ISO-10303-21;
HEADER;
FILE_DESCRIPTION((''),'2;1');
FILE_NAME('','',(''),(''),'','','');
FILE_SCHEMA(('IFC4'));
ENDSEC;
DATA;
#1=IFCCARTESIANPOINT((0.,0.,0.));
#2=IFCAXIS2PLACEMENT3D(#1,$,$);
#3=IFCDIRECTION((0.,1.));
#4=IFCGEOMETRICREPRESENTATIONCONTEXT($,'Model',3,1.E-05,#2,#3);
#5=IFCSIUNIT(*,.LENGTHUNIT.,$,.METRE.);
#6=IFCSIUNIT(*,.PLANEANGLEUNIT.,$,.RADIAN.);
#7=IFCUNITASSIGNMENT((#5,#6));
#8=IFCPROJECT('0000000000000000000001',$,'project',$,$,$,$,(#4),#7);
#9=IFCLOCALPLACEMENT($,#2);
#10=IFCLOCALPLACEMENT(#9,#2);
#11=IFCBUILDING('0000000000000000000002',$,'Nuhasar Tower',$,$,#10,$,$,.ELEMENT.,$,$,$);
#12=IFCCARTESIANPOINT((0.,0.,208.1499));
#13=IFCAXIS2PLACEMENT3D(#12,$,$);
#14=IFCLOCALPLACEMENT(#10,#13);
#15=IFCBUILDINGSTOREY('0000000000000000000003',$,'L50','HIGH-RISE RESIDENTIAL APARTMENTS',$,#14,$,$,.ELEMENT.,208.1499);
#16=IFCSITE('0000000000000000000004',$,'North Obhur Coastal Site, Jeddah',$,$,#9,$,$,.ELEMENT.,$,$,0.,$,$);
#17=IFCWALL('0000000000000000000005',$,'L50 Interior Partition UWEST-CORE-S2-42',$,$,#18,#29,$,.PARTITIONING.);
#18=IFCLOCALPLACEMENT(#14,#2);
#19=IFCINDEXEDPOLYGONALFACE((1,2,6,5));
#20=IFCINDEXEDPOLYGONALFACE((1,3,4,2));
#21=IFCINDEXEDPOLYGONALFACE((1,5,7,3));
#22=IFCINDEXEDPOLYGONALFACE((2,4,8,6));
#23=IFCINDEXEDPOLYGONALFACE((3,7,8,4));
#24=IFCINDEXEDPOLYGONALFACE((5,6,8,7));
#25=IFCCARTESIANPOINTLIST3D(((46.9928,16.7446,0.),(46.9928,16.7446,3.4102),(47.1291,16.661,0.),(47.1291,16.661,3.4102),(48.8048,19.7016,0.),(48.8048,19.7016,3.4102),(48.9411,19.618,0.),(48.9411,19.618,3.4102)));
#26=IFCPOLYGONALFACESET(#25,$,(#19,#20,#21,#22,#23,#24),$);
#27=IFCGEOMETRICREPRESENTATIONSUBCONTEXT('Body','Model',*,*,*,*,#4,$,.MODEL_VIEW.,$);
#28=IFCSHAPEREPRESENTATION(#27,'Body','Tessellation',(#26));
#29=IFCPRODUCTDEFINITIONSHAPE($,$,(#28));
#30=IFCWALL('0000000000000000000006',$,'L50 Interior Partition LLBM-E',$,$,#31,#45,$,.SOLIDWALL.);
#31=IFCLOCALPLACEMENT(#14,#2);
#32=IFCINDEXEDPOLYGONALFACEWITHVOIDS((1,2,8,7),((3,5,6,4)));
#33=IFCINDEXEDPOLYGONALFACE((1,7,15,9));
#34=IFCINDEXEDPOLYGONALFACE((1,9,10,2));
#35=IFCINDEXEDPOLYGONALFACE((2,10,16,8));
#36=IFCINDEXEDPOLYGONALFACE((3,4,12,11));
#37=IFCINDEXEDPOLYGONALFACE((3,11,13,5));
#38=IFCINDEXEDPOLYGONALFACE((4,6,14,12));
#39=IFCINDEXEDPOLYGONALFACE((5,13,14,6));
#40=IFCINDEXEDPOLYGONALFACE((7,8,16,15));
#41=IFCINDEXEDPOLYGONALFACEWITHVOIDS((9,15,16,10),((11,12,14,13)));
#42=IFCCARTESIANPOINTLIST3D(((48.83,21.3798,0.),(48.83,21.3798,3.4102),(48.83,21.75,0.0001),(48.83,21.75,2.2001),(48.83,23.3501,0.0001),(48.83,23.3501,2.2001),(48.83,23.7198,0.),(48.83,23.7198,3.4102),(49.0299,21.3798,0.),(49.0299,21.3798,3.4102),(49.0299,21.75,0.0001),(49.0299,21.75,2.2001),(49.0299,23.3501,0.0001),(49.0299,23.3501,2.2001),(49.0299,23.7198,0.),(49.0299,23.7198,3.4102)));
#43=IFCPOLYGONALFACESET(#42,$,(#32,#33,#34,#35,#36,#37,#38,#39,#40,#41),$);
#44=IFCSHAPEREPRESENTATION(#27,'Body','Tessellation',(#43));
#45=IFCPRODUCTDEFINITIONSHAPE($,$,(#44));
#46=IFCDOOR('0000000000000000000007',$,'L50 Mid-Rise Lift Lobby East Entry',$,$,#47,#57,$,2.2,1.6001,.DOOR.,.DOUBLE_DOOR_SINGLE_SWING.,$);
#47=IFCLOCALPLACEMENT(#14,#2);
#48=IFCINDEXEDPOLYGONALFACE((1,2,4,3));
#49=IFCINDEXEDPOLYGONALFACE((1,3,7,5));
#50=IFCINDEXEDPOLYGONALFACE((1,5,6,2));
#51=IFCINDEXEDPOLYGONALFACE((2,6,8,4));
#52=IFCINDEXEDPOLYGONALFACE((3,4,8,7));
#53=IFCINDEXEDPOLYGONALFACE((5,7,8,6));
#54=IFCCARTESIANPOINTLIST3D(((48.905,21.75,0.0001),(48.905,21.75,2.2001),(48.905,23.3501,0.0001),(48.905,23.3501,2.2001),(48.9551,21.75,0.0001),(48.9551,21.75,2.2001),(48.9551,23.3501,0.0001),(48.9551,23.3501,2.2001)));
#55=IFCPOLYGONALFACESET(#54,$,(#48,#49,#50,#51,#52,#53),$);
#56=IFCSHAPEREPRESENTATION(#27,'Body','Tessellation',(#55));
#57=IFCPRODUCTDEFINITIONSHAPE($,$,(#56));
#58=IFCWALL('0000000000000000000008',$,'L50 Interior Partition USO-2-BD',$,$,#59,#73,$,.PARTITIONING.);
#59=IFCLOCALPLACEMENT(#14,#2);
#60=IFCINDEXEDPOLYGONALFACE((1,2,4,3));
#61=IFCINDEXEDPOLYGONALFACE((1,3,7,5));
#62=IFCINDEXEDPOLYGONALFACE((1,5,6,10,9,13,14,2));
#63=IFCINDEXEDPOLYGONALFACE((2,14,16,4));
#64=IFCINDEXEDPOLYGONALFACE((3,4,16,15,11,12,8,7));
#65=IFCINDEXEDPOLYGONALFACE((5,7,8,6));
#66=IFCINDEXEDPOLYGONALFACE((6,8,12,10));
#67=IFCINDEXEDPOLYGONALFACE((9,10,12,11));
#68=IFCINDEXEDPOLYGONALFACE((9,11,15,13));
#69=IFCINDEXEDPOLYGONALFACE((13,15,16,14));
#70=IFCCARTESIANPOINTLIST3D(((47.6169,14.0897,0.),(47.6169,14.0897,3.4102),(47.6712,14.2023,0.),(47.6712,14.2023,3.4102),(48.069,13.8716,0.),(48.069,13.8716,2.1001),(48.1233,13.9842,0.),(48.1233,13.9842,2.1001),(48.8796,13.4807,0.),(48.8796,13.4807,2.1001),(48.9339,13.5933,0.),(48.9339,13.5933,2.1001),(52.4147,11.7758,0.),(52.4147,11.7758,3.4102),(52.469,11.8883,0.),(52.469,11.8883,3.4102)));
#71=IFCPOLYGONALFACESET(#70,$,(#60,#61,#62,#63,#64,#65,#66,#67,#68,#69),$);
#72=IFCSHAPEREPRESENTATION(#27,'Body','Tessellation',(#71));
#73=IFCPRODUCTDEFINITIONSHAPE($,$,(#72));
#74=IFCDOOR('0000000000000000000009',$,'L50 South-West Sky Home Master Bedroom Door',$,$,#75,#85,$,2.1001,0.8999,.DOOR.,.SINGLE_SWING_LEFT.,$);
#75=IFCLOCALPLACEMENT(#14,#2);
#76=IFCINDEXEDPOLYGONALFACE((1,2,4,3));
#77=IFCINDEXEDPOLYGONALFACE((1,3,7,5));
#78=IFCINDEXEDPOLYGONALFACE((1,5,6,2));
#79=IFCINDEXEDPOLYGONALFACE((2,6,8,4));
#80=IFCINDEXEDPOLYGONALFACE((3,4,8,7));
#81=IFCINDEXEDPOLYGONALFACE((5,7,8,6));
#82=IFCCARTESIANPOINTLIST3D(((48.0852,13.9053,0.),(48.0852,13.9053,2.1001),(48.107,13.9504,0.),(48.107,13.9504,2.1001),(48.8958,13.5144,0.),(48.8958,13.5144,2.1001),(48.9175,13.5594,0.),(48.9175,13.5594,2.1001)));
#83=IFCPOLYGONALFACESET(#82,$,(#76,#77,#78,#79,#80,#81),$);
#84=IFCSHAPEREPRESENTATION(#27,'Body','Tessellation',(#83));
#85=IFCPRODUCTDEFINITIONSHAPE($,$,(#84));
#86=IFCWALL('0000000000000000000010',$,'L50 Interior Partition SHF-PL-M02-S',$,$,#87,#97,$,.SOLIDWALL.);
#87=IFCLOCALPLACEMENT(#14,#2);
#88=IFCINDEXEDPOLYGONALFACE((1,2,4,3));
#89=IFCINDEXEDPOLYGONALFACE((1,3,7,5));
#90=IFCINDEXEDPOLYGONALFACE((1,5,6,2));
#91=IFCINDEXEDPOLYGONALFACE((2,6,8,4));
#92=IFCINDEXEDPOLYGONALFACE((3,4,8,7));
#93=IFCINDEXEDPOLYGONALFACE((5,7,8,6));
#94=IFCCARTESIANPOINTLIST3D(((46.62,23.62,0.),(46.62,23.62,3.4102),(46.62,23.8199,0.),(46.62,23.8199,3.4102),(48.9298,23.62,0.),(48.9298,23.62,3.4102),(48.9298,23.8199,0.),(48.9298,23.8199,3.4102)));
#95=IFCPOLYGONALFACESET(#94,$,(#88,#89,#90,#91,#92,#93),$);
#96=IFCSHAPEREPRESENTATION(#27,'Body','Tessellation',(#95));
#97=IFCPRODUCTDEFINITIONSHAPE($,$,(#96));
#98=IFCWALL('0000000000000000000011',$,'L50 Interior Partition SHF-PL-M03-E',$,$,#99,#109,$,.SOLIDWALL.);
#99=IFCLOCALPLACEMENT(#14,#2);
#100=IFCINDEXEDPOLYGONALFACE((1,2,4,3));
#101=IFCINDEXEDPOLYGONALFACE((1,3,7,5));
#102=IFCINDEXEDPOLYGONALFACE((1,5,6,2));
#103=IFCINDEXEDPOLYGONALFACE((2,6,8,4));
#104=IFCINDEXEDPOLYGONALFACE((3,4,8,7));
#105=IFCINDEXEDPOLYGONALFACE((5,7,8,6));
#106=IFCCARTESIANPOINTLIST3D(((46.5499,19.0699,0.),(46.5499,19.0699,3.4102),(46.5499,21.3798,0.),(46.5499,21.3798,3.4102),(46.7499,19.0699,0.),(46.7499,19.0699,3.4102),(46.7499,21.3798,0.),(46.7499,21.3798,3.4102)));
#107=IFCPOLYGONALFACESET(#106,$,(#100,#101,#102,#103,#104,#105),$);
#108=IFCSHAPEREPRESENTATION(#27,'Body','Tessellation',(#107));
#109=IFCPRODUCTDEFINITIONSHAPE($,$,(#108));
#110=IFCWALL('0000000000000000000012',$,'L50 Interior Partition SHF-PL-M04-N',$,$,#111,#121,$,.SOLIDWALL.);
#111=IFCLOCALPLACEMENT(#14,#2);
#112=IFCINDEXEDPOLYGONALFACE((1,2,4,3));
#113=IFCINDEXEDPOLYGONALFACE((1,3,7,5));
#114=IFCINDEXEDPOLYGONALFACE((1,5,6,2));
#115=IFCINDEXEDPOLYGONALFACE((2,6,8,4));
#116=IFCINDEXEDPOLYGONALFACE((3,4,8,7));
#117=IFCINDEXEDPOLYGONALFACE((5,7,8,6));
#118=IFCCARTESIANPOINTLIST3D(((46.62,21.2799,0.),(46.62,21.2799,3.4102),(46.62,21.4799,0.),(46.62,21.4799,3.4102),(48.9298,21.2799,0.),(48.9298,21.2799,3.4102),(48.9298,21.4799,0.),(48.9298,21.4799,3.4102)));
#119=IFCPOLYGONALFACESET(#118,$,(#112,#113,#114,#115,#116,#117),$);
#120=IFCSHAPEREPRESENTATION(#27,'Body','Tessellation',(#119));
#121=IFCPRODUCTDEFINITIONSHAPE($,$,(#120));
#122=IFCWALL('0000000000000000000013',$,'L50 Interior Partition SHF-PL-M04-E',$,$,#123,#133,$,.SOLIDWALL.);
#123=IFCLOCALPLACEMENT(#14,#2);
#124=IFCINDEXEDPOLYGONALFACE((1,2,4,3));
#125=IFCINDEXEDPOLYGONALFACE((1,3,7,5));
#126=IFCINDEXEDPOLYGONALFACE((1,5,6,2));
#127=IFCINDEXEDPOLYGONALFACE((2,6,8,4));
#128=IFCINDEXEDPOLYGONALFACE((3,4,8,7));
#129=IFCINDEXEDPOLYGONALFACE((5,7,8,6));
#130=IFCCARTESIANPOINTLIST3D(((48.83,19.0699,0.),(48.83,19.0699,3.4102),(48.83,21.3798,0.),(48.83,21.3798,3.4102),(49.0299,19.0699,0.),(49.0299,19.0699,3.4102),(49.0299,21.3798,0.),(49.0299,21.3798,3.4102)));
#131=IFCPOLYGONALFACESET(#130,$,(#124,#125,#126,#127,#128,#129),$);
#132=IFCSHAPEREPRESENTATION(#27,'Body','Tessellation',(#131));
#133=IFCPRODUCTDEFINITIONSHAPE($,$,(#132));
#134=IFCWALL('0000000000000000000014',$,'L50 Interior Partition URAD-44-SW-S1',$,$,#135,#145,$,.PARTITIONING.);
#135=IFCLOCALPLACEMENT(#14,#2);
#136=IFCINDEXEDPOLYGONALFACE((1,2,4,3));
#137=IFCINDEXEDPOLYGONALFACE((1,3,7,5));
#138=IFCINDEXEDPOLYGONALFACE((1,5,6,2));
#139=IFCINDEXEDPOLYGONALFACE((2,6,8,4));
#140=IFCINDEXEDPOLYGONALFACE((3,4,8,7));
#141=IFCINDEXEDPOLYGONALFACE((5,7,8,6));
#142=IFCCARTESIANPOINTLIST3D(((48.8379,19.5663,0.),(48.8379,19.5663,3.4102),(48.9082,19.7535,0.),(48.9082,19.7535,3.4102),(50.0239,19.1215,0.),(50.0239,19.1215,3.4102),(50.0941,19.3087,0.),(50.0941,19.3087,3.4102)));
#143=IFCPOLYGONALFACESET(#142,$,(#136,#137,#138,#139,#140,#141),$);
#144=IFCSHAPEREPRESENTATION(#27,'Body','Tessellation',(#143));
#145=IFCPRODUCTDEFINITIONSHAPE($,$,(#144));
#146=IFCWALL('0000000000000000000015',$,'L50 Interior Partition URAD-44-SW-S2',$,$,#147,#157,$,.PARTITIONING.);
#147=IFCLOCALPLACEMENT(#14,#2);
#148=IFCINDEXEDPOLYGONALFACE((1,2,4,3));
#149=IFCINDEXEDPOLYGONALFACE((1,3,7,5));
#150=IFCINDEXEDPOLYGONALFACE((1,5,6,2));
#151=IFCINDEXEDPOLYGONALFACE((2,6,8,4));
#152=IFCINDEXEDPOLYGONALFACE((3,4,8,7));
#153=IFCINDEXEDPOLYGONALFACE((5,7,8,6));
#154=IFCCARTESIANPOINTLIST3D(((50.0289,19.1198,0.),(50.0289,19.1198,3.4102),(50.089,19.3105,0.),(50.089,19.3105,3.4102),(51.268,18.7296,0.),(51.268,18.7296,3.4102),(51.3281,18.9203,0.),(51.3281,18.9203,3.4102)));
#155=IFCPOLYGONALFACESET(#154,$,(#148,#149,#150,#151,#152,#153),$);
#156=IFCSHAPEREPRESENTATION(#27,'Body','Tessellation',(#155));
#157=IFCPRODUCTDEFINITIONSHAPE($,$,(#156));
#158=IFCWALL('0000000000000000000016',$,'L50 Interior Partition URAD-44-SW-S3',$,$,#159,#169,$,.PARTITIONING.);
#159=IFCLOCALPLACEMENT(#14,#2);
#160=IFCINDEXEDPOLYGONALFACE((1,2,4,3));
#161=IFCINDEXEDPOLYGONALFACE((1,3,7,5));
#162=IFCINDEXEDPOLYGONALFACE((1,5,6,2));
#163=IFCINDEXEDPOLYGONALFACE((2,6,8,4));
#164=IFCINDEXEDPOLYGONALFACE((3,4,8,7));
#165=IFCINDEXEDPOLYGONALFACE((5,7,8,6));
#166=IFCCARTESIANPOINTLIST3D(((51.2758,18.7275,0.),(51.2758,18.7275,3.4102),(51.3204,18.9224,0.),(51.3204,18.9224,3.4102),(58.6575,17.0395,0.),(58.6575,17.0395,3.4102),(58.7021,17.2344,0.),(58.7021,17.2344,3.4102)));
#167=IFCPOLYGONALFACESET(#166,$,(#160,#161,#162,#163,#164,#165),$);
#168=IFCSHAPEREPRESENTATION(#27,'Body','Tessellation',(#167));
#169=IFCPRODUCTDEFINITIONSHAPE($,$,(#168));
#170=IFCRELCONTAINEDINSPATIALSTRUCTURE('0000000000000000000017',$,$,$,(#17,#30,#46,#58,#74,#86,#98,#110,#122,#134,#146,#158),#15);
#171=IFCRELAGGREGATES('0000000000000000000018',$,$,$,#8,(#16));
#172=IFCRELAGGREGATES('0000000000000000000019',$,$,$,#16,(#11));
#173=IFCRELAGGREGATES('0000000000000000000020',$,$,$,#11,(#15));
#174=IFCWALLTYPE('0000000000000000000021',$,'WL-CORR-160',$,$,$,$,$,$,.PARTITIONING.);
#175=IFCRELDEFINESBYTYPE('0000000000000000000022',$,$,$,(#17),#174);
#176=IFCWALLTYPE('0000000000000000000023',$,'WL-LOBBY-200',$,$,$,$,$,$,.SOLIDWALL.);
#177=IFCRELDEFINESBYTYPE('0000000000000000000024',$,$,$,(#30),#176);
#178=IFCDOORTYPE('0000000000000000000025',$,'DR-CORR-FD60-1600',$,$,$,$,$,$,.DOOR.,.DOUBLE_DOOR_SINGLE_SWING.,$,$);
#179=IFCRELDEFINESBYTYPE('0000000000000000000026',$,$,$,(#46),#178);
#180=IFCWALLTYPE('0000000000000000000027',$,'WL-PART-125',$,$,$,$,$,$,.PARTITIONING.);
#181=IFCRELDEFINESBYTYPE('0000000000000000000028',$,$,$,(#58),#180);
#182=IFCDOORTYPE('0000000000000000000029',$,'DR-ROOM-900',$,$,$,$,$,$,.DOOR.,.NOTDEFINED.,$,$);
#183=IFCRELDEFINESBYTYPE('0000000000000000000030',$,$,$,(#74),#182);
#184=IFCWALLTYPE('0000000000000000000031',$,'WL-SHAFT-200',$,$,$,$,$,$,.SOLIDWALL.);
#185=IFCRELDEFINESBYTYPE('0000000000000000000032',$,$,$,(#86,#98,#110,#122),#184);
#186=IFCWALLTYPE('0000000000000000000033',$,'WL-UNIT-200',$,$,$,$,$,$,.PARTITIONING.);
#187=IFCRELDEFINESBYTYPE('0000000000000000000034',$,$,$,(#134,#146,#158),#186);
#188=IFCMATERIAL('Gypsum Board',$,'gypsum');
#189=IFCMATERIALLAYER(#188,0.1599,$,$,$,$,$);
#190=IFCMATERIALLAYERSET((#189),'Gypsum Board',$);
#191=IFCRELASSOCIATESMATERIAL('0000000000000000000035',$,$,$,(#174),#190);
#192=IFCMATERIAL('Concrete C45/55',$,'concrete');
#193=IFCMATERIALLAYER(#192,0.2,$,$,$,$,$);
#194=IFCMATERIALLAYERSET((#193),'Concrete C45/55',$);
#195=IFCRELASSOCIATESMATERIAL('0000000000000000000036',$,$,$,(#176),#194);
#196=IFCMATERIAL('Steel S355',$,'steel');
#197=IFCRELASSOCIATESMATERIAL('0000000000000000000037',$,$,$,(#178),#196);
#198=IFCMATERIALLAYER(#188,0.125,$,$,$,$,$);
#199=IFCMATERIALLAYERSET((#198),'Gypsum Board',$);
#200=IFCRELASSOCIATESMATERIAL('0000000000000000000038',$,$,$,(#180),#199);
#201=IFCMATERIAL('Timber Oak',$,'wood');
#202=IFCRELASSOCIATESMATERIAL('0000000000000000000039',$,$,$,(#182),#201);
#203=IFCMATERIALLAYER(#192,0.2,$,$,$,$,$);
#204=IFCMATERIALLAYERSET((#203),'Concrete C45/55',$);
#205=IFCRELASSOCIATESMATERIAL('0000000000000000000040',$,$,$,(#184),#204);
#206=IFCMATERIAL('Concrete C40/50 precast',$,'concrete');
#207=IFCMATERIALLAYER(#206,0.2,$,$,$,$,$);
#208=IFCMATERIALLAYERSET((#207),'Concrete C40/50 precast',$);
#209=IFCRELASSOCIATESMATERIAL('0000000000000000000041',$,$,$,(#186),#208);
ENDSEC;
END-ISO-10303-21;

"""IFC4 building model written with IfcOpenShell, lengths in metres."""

from ifc_helpers import new_model, si_unit, direction, frame, frame_2d, origin, place, context, subcontext, project, spatial, rectangle, extrude, material, layer, layer_set, type_object, element, fill, save


model = new_model("IFC4")

# Units and contexts
model_context = context("Model", 3, precision=1e-05, world=origin(), true_north=direction((0.0, 1.0)))
body_context = subcontext(model_context, "Body", "Model", "MODEL_VIEW")
ifc_project = project(units=[si_unit("LENGTHUNIT", "METRE"), si_unit("PLANEANGLEUNIT", "RADIAN")], contexts=[model_context])

# Site, building, storey
site_placement = place(None, origin())
site = spatial("IfcSite", under=ifc_project, at=site_placement, Name="North Obhur Coastal Site, Jeddah", CompositionType="ELEMENT", RefElevation=0.0)
building_placement = place(site_placement, origin())
building = spatial("IfcBuilding", under=site, at=building_placement, Name="Nuhasar Tower", CompositionType="ELEMENT")
storey_placement = place(building_placement, frame((0.0, 0.0, 208.1499)))
storey = spatial("IfcBuildingStorey", under=building, at=storey_placement, Name="L50", Description="HIGH-RISE RESIDENTIAL APARTMENTS", CompositionType="ELEMENT", Elevation=208.1499)

# Shared definitions
ifc_material_1 = material(Name="Steel S355", Category="steel")

# Shared definitions
ifc_material_2 = material(Name="Gypsum Board", Category="gypsum")
ifc_layer_1 = layer(ifc_material_2, 0.1599)
ifc_layer_set_1 = layer_set([ifc_layer_1], Name="Gypsum Board")
wall_type_1 = type_object("IfcWallType", Name="WL-CORR-160", PredefinedType="PARTITIONING", material=ifc_layer_set_1)
ifc_material_3 = material(Name="Timber Oak", Category="wood")

# Wall
wall_1_placement = place(storey_placement, frame((47.061, 16.7029, 0.0), z_axis=(0.0, 0.0, 1.0), x_axis=(0.522486, 0.852648, 0.0)))
element("IfcWall", 1, at=wall_1_placement, inside=storey, type_object=wall_type_1, Name="L50 Interior Partition UWEST-CORE-S2-42", PredefinedType="PARTITIONING", context=body_context, shape_type="SweptSolid", body=[
    extrude(rectangle(XDim=3.468, YDim=0.1599, at=frame_2d((1.7339, 0.0))), origin(), (0.0, 0.0, 1.0), 3.4102),
])

# Walls, openings, doors
ifc_material_4 = material(Name="Concrete C45/55", Category="concrete")
ifc_layer_2 = layer(ifc_material_4, 0.2)
ifc_layer_set_2 = layer_set([ifc_layer_2], Name="Concrete C45/55")
wall_type_2 = type_object("IfcWallType", Name="WL-LOBBY-200", PredefinedType="SOLIDWALL", material=ifc_layer_set_2)
wall_2_placement = place(storey_placement, frame((48.9299, 21.3799, 0.0), z_axis=(0.0, 0.0, 1.0), x_axis=(0.0, 1.0, 0.0)))
wall_2 = element("IfcWall", 2, at=wall_2_placement, inside=storey, type_object=wall_type_2, Name="L50 Interior Partition LLBM-E", PredefinedType="SOLIDWALL", context=body_context, shape_type="SweptSolid", body=[
    extrude(rectangle(XDim=2.3401, YDim=0.2, at=frame_2d((1.1699, 0.0))), origin(), (0.0, 0.0, 1.0), 3.4102),
])
opening_1_placement = place(wall_2_placement, frame((0.3701, 0.0, 0.0)))
opening_1 = element("IfcOpeningElement", 3, at=opening_1_placement, cuts=wall_2, PredefinedType="OPENING", context=body_context, shape_type="SweptSolid", body=[
    extrude(rectangle(XDim=1.6001, YDim=2.2, at=frame_2d((0.8, 1.1001))), frame((0.0, 0.1099, 0.0), z_axis=(0.0, -1.0, 0.0), x_axis=(1.0, 0.0, 0.0)), (0.0, 0.0, 1.0), 0.22),
])
door_type_1 = type_object("IfcDoorType", Name="DR-CORR-FD60-1600", OperationType="DOUBLE_DOOR_SINGLE_SWING", PredefinedType="DOOR", material=ifc_material_1)
door_1_placement = place(opening_1_placement, origin())
door_1 = element("IfcDoor", 4, at=door_1_placement, inside=storey, type_object=door_type_1, Name="L50 Mid-Rise Lift Lobby East Entry", OperationType="DOUBLE_DOOR_SINGLE_SWING", OverallHeight=2.2, OverallWidth=1.6001, PredefinedType="DOOR", context=body_context, shape_type="SweptSolid", body=[
    extrude(rectangle(XDim=1.6001, YDim=2.2, at=frame_2d((0.8, 1.1001))), frame((0.0, 0.0249, 0.0), z_axis=(0.0, -1.0, 0.0), x_axis=(1.0, 0.0, 0.0)), (0.0, 0.0, 1.0), 0.05),
])
fill(opening_1, door_1)
ifc_layer_3 = layer(ifc_material_2, 0.125)
ifc_layer_set_3 = layer_set([ifc_layer_3], Name="Gypsum Board")
wall_type_3 = type_object("IfcWallType", Name="WL-PART-125", PredefinedType="PARTITIONING", material=ifc_layer_set_3)
wall_3_placement = place(storey_placement, frame((47.644, 14.146, 0.0), z_axis=(0.0, 0.0, 1.0), x_axis=(0.900716, -0.434408, 0.0)))
wall_3 = element("IfcWall", 5, at=wall_3_placement, inside=storey, type_object=wall_type_3, Name="L50 Interior Partition USO-2-BD", PredefinedType="PARTITIONING", context=body_context, shape_type="SweptSolid", body=[
    extrude(rectangle(XDim=5.3267, YDim=0.125, at=frame_2d((2.6633, 0.0))), origin(), (0.0, 0.0, 1.0), 3.4102),
])
opening_2_placement = place(wall_3_placement, frame((0.502, 0.0, 0.0)))
opening_2 = element("IfcOpeningElement", 6, at=opening_2_placement, cuts=wall_3, PredefinedType="OPENING", context=body_context, shape_type="SweptSolid", body=[
    extrude(rectangle(XDim=0.8999, YDim=2.1001, at=frame_2d((0.45, 1.05))), frame((0.0, 0.0725, 0.0), z_axis=(0.0, -1.0, 0.0), x_axis=(1.0, 0.0, 0.0)), (0.0, 0.0, 1.0), 0.145),
])
door_type_2 = type_object("IfcDoorType", Name="DR-ROOM-900", OperationType="NOTDEFINED", PredefinedType="DOOR", material=ifc_material_3)
door_2_placement = place(opening_2_placement, origin())
door_2 = element("IfcDoor", 7, at=door_2_placement, inside=storey, type_object=door_type_2, Name="L50 South-West Sky Home Master Bedroom Door", OperationType="SINGLE_SWING_LEFT", OverallHeight=2.1001, OverallWidth=0.8999, PredefinedType="DOOR", context=body_context, shape_type="SweptSolid", body=[
    extrude(rectangle(XDim=0.8999, YDim=2.1001, at=frame_2d((0.45, 1.05))), frame((0.0, 0.0249, 0.0), z_axis=(0.0, -1.0, 0.0), x_axis=(1.0, 0.0, 0.0)), (0.0, 0.0, 1.0), 0.05),
])
fill(opening_2, door_2)

# Walls
ifc_layer_4 = layer(ifc_material_4, 0.2)
ifc_layer_set_4 = layer_set([ifc_layer_4], Name="Concrete C45/55")
wall_type_4 = type_object("IfcWallType", Name="WL-SHAFT-200", PredefinedType="SOLIDWALL", material=ifc_layer_set_4)
for number, where, z_axis, x_axis, name in (
    (8, (46.6201, 23.72, 0.0), (0.0, 0.0, 1.0), (1.0, 0.0, 0.0), "L50 Interior Partition SHF-PL-M02-S"),
    (9, (46.6499, 19.0701, 0.0), (0.0, 0.0, 1.0), (0.0, 1.0, 0.0), "L50 Interior Partition SHF-PL-M03-E"),
    (10, (46.6201, 21.3799, 0.0), (0.0, 0.0, 1.0), (1.0, 0.0, 0.0), "L50 Interior Partition SHF-PL-M04-N"),
    (11, (48.9299, 19.0701, 0.0), (0.0, 0.0, 1.0), (0.0, 1.0, 0.0), "L50 Interior Partition SHF-PL-M04-E"),
):
    element("IfcWall", number, at=place(storey_placement, frame(where, z_axis=z_axis, x_axis=x_axis)), inside=storey, type_object=wall_type_4, Name=name, PredefinedType="SOLIDWALL", context=body_context, shape_type="SweptSolid", body=[
        extrude(rectangle(XDim=2.3098, YDim=0.2, at=frame_2d((1.1548, 0.0))), origin(), (0.0, 0.0, 1.0), 3.4102),
    ])
ifc_material_5 = material(Name="Concrete C40/50 precast", Category="concrete")
ifc_layer_5 = layer(ifc_material_5, 0.2)
ifc_layer_set_5 = layer_set([ifc_layer_5], Name="Concrete C40/50 precast")
wall_type_5 = type_object("IfcWallType", Name="WL-UNIT-200", PredefinedType="PARTITIONING", material=ifc_layer_set_5)
wall_4_placement = place(storey_placement, frame((48.873, 19.6599, 0.0), z_axis=(0.0, 0.0, 1.0), x_axis=(0.936313, -0.351166, 0.0)))
element("IfcWall", 12, at=wall_4_placement, inside=storey, type_object=wall_type_5, Name="L50 Interior Partition URAD-44-SW-S1", PredefinedType="PARTITIONING", context=body_context, shape_type="SweptSolid", body=[
    extrude(rectangle(XDim=1.2666, YDim=0.2, at=frame_2d((0.6333, 0.0))), origin(), (0.0, 0.0, 1.0), 3.4102),
])
wall_5_placement = place(storey_placement, frame((50.0591, 19.2151, 0.0), z_axis=(0.0, 0.0, 1.0), x_axis=(0.953832, -0.30034, 0.0)))
element("IfcWall", 13, at=wall_5_placement, inside=storey, type_object=wall_type_5, Name="L50 Interior Partition URAD-44-SW-S2", PredefinedType="PARTITIONING", context=body_context, shape_type="SweptSolid", body=[
    extrude(rectangle(XDim=1.2991, YDim=0.2, at=frame_2d((0.6494, 0.0))), origin(), (0.0, 0.0, 1.0), 3.4102),
])
wall_6_placement = place(storey_placement, frame((51.2981, 18.825, 0.0), z_axis=(0.0, 0.0, 1.0), x_axis=(0.974838, -0.222914, 0.0)))
element("IfcWall", 14, at=wall_6_placement, inside=storey, type_object=wall_type_5, Name="L50 Interior Partition URAD-44-SW-S3", PredefinedType="PARTITIONING", context=body_context, shape_type="SweptSolid", body=[
    extrude(rectangle(XDim=7.5723, YDim=0.2, at=frame_2d((3.7861, 0.0))), origin(), (0.0, 0.0, 1.0), 3.4102),
])

save(model, "model.ifc")
